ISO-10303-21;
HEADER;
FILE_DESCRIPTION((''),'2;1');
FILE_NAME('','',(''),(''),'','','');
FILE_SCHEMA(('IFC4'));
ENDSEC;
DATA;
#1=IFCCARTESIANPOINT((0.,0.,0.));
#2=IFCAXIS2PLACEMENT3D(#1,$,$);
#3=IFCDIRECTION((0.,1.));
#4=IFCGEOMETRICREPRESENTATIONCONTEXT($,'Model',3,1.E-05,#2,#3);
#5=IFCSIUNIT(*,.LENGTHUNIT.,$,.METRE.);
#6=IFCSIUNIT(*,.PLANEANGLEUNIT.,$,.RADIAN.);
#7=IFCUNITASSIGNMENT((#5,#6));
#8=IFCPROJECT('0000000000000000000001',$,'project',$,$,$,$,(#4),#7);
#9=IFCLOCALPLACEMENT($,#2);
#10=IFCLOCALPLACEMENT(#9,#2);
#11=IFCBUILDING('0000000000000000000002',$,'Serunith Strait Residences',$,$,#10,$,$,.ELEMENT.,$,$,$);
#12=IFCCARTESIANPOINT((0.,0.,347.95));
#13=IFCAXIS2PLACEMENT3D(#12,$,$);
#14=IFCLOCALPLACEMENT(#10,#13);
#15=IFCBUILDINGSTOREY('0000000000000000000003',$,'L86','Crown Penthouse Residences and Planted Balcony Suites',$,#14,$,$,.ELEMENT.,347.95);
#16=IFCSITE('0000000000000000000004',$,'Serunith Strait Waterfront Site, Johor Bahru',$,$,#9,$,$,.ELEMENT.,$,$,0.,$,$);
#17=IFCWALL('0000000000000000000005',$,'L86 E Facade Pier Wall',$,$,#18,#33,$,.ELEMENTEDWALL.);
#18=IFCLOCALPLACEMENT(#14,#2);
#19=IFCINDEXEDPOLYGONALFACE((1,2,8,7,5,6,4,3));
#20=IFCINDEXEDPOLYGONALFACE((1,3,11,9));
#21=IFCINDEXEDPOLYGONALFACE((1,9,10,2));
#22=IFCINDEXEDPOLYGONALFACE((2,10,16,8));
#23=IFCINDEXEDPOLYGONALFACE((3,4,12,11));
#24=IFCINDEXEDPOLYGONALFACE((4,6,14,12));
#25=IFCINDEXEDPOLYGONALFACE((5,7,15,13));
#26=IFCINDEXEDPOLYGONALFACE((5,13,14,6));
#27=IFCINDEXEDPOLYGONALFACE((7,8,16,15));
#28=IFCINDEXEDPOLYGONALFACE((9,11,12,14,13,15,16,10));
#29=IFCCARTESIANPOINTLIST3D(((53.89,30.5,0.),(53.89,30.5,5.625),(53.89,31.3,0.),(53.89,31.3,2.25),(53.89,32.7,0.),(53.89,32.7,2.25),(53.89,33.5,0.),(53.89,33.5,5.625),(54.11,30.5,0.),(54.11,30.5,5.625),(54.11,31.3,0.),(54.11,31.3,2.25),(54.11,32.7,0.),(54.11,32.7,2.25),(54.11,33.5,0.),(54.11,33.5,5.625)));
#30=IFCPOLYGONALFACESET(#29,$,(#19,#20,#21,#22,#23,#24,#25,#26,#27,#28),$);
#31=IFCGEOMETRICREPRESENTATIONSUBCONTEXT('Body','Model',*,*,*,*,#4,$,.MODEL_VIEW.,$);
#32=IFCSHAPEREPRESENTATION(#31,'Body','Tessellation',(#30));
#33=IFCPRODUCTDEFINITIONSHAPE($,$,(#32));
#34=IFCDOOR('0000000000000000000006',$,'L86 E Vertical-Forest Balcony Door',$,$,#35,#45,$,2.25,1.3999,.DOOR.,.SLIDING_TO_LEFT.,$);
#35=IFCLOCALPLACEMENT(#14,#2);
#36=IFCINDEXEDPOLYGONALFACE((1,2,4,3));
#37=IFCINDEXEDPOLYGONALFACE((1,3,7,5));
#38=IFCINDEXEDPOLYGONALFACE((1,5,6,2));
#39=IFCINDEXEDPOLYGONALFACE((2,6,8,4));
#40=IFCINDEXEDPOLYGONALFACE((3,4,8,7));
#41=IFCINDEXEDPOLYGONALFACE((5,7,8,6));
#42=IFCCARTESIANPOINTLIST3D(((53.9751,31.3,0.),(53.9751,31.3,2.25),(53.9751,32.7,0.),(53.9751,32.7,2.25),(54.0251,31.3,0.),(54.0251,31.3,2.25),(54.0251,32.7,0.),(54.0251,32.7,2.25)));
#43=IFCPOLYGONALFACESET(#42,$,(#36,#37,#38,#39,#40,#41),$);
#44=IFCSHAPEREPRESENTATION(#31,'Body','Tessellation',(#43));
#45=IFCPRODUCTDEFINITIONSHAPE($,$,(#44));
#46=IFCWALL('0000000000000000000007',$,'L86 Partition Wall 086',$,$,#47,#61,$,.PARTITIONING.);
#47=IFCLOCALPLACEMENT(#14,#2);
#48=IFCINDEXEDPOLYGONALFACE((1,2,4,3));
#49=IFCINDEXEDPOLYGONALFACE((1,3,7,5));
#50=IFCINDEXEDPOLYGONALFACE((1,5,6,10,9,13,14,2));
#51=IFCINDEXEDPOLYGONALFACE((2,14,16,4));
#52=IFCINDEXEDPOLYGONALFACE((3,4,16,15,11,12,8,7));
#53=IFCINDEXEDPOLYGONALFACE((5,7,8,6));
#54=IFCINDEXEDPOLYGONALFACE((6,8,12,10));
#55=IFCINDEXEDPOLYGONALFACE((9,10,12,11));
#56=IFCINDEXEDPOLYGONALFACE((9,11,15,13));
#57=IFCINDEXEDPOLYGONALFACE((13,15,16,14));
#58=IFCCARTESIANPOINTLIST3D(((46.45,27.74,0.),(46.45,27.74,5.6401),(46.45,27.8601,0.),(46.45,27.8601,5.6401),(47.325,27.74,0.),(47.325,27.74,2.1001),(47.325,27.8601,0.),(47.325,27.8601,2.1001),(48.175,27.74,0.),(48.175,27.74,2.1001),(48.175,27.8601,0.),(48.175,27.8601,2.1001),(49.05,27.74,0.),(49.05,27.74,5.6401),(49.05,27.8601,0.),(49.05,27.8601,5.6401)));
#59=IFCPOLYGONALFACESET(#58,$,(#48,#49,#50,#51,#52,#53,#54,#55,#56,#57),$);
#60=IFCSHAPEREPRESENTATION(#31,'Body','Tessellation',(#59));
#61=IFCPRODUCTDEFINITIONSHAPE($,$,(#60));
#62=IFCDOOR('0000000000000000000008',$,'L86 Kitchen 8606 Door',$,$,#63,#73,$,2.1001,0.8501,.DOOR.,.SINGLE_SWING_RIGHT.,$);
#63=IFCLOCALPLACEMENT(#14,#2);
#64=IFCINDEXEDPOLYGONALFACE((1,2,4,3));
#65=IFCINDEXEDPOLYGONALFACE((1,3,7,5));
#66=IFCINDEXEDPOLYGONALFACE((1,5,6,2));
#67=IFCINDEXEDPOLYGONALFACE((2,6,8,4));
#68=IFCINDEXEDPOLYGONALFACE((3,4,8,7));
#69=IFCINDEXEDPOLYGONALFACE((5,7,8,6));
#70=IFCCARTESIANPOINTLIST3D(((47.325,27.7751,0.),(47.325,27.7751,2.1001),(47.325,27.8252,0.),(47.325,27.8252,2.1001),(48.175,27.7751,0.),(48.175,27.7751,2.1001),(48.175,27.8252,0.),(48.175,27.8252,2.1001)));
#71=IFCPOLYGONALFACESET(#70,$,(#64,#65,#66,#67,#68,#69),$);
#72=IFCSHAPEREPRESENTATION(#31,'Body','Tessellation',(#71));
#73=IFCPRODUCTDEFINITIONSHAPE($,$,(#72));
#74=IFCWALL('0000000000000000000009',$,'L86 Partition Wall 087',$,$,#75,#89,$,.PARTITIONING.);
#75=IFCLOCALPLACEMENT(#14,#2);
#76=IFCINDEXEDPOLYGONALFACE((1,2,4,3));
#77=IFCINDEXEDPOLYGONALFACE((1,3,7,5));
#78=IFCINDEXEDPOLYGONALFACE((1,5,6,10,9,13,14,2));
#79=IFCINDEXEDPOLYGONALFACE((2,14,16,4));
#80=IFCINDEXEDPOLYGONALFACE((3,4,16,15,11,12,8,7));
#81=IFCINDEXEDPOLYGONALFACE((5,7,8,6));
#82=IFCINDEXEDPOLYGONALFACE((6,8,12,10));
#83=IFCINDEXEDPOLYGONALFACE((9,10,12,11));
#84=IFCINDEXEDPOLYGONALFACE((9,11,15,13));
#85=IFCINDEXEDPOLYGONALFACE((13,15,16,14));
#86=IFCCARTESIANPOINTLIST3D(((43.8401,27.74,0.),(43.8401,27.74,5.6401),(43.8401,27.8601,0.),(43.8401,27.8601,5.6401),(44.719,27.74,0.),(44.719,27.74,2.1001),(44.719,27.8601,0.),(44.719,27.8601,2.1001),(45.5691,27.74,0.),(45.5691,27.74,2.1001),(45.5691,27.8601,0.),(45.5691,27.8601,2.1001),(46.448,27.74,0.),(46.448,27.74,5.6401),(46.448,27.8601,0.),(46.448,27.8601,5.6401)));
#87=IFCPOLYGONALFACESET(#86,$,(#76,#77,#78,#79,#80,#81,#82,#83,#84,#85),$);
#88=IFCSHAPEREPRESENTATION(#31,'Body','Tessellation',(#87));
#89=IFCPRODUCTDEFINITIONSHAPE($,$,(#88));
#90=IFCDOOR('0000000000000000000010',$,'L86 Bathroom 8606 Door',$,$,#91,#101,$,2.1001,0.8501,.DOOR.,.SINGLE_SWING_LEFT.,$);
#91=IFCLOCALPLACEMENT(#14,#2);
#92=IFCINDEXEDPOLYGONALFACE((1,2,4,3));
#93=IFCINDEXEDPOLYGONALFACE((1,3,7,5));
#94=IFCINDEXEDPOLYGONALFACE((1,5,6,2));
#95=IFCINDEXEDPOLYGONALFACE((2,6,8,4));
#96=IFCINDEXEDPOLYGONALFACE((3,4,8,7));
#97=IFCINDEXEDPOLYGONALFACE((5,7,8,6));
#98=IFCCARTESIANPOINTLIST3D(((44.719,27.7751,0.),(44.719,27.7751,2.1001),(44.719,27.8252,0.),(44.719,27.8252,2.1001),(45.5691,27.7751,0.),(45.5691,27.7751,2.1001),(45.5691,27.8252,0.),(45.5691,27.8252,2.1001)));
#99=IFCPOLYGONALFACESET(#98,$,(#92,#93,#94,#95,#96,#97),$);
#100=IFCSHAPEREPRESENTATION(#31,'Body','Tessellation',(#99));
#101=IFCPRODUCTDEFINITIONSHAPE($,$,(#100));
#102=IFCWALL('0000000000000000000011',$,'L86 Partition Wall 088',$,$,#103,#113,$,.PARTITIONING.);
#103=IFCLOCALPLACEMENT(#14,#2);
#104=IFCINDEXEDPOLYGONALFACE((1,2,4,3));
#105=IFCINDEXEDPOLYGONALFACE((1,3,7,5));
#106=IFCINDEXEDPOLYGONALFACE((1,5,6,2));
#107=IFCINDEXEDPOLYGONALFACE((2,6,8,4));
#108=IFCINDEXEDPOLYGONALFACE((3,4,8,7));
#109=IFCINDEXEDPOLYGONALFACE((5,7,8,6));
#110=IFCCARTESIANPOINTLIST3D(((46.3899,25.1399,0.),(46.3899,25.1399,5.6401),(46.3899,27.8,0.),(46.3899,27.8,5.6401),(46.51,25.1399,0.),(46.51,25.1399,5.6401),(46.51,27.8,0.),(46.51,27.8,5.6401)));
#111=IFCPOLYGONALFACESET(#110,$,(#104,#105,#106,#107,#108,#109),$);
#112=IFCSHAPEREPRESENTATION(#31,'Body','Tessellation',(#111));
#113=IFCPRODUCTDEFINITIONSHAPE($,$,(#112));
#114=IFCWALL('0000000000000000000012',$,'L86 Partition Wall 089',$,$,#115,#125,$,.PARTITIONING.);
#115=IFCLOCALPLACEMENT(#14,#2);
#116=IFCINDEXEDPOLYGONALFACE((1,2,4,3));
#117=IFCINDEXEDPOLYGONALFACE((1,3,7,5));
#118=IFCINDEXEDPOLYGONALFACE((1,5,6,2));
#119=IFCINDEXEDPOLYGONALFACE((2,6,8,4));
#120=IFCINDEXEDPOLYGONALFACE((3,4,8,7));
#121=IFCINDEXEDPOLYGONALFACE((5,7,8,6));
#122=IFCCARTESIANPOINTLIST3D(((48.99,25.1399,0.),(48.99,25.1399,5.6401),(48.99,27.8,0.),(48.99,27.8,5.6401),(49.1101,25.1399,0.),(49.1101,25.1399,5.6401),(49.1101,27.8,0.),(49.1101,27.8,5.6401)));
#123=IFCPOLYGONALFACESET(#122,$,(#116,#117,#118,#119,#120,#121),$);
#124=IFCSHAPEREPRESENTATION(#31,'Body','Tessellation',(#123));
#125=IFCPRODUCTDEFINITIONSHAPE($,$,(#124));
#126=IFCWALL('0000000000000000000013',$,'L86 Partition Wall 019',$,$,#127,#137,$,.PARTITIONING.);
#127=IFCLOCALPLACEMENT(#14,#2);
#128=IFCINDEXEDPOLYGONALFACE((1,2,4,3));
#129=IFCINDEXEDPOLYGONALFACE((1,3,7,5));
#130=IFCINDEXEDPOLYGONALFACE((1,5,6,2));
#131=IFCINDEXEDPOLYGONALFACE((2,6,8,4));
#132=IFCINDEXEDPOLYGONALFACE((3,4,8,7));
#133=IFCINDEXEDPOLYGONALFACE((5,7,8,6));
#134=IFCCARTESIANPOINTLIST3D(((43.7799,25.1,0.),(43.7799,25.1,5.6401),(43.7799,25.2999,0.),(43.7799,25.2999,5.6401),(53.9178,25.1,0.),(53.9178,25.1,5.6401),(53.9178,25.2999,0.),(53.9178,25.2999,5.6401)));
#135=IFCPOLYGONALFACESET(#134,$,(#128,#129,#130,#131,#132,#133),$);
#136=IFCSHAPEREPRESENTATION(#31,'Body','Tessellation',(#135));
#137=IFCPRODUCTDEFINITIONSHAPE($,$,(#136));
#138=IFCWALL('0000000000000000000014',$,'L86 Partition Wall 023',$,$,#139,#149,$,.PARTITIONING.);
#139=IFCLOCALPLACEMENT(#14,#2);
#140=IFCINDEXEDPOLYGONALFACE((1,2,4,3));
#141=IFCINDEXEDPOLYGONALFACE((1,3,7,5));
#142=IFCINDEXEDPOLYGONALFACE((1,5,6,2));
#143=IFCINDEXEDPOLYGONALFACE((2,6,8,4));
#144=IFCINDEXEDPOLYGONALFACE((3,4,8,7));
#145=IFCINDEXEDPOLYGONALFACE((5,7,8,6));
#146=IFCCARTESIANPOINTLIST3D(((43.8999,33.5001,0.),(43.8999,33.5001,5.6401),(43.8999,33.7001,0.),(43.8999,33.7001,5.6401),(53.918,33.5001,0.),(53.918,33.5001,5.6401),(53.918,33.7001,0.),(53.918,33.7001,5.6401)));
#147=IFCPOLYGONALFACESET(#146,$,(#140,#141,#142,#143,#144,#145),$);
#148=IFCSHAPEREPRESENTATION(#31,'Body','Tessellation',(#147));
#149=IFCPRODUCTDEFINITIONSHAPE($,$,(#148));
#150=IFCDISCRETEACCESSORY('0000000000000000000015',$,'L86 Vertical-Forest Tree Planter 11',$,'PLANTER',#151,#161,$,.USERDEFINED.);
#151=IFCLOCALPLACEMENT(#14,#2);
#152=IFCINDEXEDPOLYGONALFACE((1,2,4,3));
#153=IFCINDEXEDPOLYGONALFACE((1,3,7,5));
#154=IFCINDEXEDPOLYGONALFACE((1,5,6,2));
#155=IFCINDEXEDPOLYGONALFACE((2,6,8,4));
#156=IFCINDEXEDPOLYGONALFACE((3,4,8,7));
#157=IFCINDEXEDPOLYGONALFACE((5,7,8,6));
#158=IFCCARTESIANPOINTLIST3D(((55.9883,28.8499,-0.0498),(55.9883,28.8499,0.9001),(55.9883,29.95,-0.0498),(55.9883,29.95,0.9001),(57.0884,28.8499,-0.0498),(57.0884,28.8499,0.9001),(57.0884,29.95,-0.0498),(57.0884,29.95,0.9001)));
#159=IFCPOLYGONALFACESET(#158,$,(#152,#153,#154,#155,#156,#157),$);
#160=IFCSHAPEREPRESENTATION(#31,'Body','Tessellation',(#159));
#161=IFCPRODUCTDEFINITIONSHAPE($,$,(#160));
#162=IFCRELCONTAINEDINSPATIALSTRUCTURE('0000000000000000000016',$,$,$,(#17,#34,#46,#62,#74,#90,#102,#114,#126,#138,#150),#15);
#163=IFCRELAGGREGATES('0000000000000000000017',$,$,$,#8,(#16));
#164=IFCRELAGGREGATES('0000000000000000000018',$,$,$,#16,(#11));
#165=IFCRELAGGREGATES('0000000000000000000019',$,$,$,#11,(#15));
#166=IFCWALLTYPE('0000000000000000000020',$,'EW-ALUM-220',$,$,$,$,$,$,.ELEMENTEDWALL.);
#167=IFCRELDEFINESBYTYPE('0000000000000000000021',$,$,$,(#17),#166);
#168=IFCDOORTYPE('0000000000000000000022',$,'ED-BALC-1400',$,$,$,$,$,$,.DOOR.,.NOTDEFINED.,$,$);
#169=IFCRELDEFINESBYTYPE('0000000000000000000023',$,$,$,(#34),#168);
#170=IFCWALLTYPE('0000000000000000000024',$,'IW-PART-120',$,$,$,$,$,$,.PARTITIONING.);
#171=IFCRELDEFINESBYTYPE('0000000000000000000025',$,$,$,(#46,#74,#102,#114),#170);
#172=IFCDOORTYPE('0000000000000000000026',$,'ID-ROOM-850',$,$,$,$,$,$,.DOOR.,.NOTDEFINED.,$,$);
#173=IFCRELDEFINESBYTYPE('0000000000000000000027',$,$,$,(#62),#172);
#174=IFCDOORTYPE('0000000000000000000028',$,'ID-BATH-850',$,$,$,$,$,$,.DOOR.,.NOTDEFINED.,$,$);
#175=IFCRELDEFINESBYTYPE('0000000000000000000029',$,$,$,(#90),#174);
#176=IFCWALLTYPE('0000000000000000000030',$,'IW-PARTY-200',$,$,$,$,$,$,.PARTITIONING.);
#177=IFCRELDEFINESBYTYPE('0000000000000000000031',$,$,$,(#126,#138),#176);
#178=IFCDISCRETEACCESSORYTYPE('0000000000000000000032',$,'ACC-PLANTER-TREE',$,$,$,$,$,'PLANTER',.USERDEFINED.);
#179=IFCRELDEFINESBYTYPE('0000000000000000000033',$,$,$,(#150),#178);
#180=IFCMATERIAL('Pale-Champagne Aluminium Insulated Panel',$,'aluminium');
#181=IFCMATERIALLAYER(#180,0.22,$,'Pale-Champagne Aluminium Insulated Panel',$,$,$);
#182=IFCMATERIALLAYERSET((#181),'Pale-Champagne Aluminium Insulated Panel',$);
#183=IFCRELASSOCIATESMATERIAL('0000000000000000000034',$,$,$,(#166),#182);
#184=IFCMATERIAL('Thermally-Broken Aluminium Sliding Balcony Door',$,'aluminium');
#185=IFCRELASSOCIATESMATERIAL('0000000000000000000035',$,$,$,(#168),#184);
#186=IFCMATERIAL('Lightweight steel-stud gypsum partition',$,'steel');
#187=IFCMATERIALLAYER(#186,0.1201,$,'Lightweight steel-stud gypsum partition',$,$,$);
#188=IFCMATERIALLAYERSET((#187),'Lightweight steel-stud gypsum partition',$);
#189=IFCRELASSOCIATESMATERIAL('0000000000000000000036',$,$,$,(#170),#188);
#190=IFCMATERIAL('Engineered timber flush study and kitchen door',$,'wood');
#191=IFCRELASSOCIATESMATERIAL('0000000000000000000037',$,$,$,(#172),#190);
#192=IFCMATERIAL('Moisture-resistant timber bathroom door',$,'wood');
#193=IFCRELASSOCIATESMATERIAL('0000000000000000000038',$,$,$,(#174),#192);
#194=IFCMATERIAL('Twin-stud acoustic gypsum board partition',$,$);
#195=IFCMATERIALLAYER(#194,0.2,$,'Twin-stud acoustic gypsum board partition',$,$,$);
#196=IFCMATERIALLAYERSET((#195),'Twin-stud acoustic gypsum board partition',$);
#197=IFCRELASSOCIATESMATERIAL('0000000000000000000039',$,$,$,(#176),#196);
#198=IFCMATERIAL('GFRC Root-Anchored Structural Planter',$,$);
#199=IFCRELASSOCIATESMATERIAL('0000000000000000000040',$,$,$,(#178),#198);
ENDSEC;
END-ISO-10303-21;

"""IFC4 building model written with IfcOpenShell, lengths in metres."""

from ifc_helpers import new_model, si_unit, direction, frame, frame_2d, origin, origin_2d, place, context, subcontext, project, spatial, rectangle, extrude, source, transform, mapped, material, layer, layer_set, type_object, element, fill, save


model = new_model("IFC4")

# Units and contexts
model_context = context("Model", 3, precision=1e-05, world=origin(), true_north=direction((0.0, 1.0)))
body_context = subcontext(model_context, "Body", "Model", "MODEL_VIEW")
ifc_project = project(units=[si_unit("LENGTHUNIT", "METRE"), si_unit("PLANEANGLEUNIT", "RADIAN")], contexts=[model_context])

# Site, building, storey
site_placement = place(None, origin())
site = spatial("IfcSite", under=ifc_project, at=site_placement, Name="Serunith Strait Waterfront Site, Johor Bahru", CompositionType="ELEMENT", RefElevation=0.0)
building_placement = place(site_placement, origin())
building = spatial("IfcBuilding", under=site, at=building_placement, Name="Serunith Strait Residences", CompositionType="ELEMENT")
storey_placement = place(building_placement, frame((0.0, 0.0, 347.95)))
storey = spatial("IfcBuildingStorey", under=building, at=storey_placement, Name="L86", Description="Crown Penthouse Residences and Planted Balcony Suites", CompositionType="ELEMENT", Elevation=347.95)

# Walls, openings, doors
ifc_material_1 = material(Name="Pale-Champagne Aluminium Insulated Panel", Category="aluminium")
ifc_layer_1 = layer(ifc_material_1, 0.22, Name="Pale-Champagne Aluminium Insulated Panel")
ifc_layer_set_1 = layer_set([ifc_layer_1], Name="Pale-Champagne Aluminium Insulated Panel")
wall_type_1 = type_object("IfcWallType", Name="EW-ALUM-220", PredefinedType="ELEMENTEDWALL", material=ifc_layer_set_1)
wall_1_placement = place(storey_placement, frame((54.0, 30.5, 0.0), z_axis=(0.0, 0.0, 1.0), x_axis=(0.0, 1.0, 0.0)))
wall_1 = element("IfcWall", 1, at=wall_1_placement, inside=storey, type_object=wall_type_1, Name="L86 E Facade Pier Wall", PredefinedType="ELEMENTEDWALL", context=body_context, shape_type="SweptSolid", body=[
    extrude(rectangle(XDim=3.0, YDim=0.22, at=frame_2d((1.5, 0.0))), origin(), (0.0, 0.0, 1.0), 5.625),
])
opening_1_placement = place(wall_1_placement, frame((0.8, 0.0, 0.0)))
opening_1 = element("IfcOpeningElement", 2, at=opening_1_placement, cuts=wall_1, PredefinedType="OPENING", context=body_context, shape_type="SweptSolid", body=[
    extrude(rectangle(XDim=1.3999, YDim=2.25, at=frame_2d((0.7, 1.125))), frame((0.0, 0.1201, 0.0), z_axis=(0.0, -1.0, 0.0), x_axis=(1.0, 0.0, 0.0)), (0.0, 0.0, 1.0), 0.24),
])
ifc_material_2 = material(Name="Thermally-Broken Aluminium Sliding Balcony Door", Category="aluminium")
door_type_1 = type_object("IfcDoorType", Name="ED-BALC-1400", OperationType="NOTDEFINED", PredefinedType="DOOR", material=ifc_material_2)
shared_shape_1 = source(origin(), body_context, "Body", "SweptSolid", [
    extrude(rectangle(XDim=1.3999, YDim=2.25, at=frame_2d((0.7, 1.125))), frame((0.0, 0.0249, 0.0), z_axis=(0.0, -1.0, 0.0), x_axis=(1.0, 0.0, 0.0)), (0.0, 0.0, 1.0), 0.05),
])
door_1_placement = place(opening_1_placement, origin())
door_1 = element("IfcDoor", 3, at=door_1_placement, inside=storey, type_object=door_type_1, Name="L86 E Vertical-Forest Balcony Door", OperationType="SLIDING_TO_LEFT", OverallHeight=2.25, OverallWidth=1.3999, PredefinedType="DOOR", context=body_context, shape_type="MappedRepresentation", body=[
    mapped(shared_shape_1, transform((0.0, 0.0, 0.0), scale=1.0)),
])
fill(opening_1, door_1)
ifc_material_3 = material(Name="Lightweight steel-stud gypsum partition", Category="steel")
ifc_layer_2 = layer(ifc_material_3, 0.1201, Name="Lightweight steel-stud gypsum partition")
ifc_layer_set_2 = layer_set([ifc_layer_2], Name="Lightweight steel-stud gypsum partition")
wall_type_2 = type_object("IfcWallType", Name="IW-PART-120", PredefinedType="PARTITIONING", material=ifc_layer_set_2)
wall_2_placement = place(storey_placement, frame((49.05, 27.8, 0.0), z_axis=(0.0, 0.0, 1.0), x_axis=(-1.0, 0.0, 0.0)))
wall_2 = element("IfcWall", 4, at=wall_2_placement, inside=storey, type_object=wall_type_2, Name="L86 Partition Wall 086", PredefinedType="PARTITIONING", context=body_context, shape_type="SweptSolid", body=[
    extrude(rectangle(XDim=2.6001, YDim=0.1201, at=frame_2d((1.3, 0.0))), origin(), (0.0, 0.0, 1.0), 5.6401),
])
opening_2_placement = place(wall_2_placement, frame((0.875, 0.0, 0.0)))
opening_2 = element("IfcOpeningElement", 5, at=opening_2_placement, cuts=wall_2, PredefinedType="OPENING", context=body_context, shape_type="SweptSolid", body=[
    extrude(rectangle(XDim=0.8501, YDim=2.1001, at=frame_2d((0.425, 1.05))), frame((0.0, 0.0701, 0.0), z_axis=(0.0, -1.0, 0.0), x_axis=(1.0, 0.0, 0.0)), (0.0, 0.0, 1.0), 0.1401),
])
ifc_material_4 = material(Name="Engineered timber flush study and kitchen door", Category="wood")
door_type_2 = type_object("IfcDoorType", Name="ID-ROOM-850", OperationType="NOTDEFINED", PredefinedType="DOOR", material=ifc_material_4)
shared_shape_2 = source(origin(), body_context, "Body", "SweptSolid", [
    extrude(rectangle(XDim=0.8501, YDim=2.1001, at=frame_2d((0.425, 1.05))), frame((0.0, 0.0249, 0.0), z_axis=(0.0, -1.0, 0.0), x_axis=(1.0, 0.0, 0.0)), (0.0, 0.0, 1.0), 0.05),
])
door_2_placement = place(opening_2_placement, origin())
door_2 = element("IfcDoor", 6, at=door_2_placement, inside=storey, type_object=door_type_2, Name="L86 Kitchen 8606 Door", OperationType="SINGLE_SWING_RIGHT", OverallHeight=2.1001, OverallWidth=0.8501, PredefinedType="DOOR", context=body_context, shape_type="MappedRepresentation", body=[
    mapped(shared_shape_2, transform((0.0, 0.0, 0.0), scale=1.0)),
])
fill(opening_2, door_2)
wall_3_placement = place(storey_placement, frame((46.448, 27.8, 0.0), z_axis=(0.0, 0.0, 1.0), x_axis=(-1.0, 0.0, 0.0)))
wall_3 = element("IfcWall", 7, at=wall_3_placement, inside=storey, type_object=wall_type_2, Name="L86 Partition Wall 087", PredefinedType="PARTITIONING", context=body_context, shape_type="SweptSolid", body=[
    extrude(rectangle(XDim=2.6079, YDim=0.1201, at=frame_2d((1.304, 0.0))), origin(), (0.0, 0.0, 1.0), 5.6401),
])
opening_3_placement = place(wall_3_placement, frame((0.8789, 0.0, 0.0)))
opening_3 = element("IfcOpeningElement", 8, at=opening_3_placement, cuts=wall_3, PredefinedType="OPENING", context=body_context, shape_type="SweptSolid", body=[
    extrude(rectangle(XDim=0.8501, YDim=2.1001, at=frame_2d((0.425, 1.05))), frame((0.0, 0.0701, 0.0), z_axis=(0.0, -1.0, 0.0), x_axis=(1.0, 0.0, 0.0)), (0.0, 0.0, 1.0), 0.1401),
])
ifc_material_5 = material(Name="Moisture-resistant timber bathroom door", Category="wood")
door_type_3 = type_object("IfcDoorType", Name="ID-BATH-850", OperationType="NOTDEFINED", PredefinedType="DOOR", material=ifc_material_5)
door_3_placement = place(opening_3_placement, origin())
door_3 = element("IfcDoor", 9, at=door_3_placement, inside=storey, type_object=door_type_3, Name="L86 Bathroom 8606 Door", OperationType="SINGLE_SWING_LEFT", OverallHeight=2.1001, OverallWidth=0.8501, PredefinedType="DOOR", context=body_context, shape_type="MappedRepresentation", body=[
    mapped(shared_shape_2, transform((0.0, 0.0, 0.0), scale=1.0)),
])
fill(opening_3, door_3)

# Walls
for number, where, z_axis, x_axis, name in (
    (10, (46.45, 25.1399, 0.0), (0.0, 0.0, 1.0), (0.0, 1.0, 0.0), "L86 Partition Wall 088"),
    (11, (49.05, 25.1399, 0.0), (0.0, 0.0, 1.0), (0.0, 1.0, 0.0), "L86 Partition Wall 089"),
):
    element("IfcWall", number, at=place(storey_placement, frame(where, z_axis=z_axis, x_axis=x_axis)), inside=storey, type_object=wall_type_2, Name=name, PredefinedType="PARTITIONING", context=body_context, shape_type="SweptSolid", body=[
        extrude(rectangle(XDim=2.6602, YDim=0.1201, at=frame_2d((1.3301, 0.0))), origin(), (0.0, 0.0, 1.0), 5.6401),
    ])
ifc_material_6 = material(Name="Twin-stud acoustic gypsum board partition")
ifc_layer_3 = layer(ifc_material_6, 0.2, Name="Twin-stud acoustic gypsum board partition")
ifc_layer_set_3 = layer_set([ifc_layer_3], Name="Twin-stud acoustic gypsum board partition")
wall_type_3 = type_object("IfcWallType", Name="IW-PARTY-200", PredefinedType="PARTITIONING", material=ifc_layer_set_3)
wall_4_placement = place(storey_placement, frame((43.78, 25.2, 0.0), z_axis=(0.0, 0.0, 1.0), x_axis=(1.0, 0.0, 0.0)))
element("IfcWall", 12, at=wall_4_placement, inside=storey, type_object=wall_type_3, Name="L86 Partition Wall 019", PredefinedType="PARTITIONING", context=body_context, shape_type="SweptSolid", body=[
    extrude(rectangle(XDim=10.1379, YDim=0.2, at=frame_2d((5.0688, 0.0))), origin(), (0.0, 0.0, 1.0), 5.6401),
])
wall_5_placement = place(storey_placement, frame((43.8999, 33.6001, 0.0), z_axis=(0.0, 0.0, 1.0), x_axis=(1.0, 0.0, 0.0)))
element("IfcWall", 13, at=wall_5_placement, inside=storey, type_object=wall_type_3, Name="L86 Partition Wall 023", PredefinedType="PARTITIONING", context=body_context, shape_type="SweptSolid", body=[
    extrude(rectangle(XDim=10.0181, YDim=0.2, at=frame_2d((5.009, 0.0))), origin(), (0.0, 0.0, 1.0), 5.6401),
])

# Discrete accessory
ifc_material_7 = material(Name="GFRC Root-Anchored Structural Planter")
discrete_accessory_type = type_object("IfcDiscreteAccessoryType", Name="ACC-PLANTER-TREE", ElementType="PLANTER", PredefinedType="USERDEFINED", material=ifc_material_7)
shared_shape_3 = source(origin(), body_context, "Body", "SweptSolid", [
    extrude(rectangle(XDim=1.1001, YDim=1.1001, at=origin_2d()), origin(), (0.0, 0.0, 1.0), 0.95),
])
discrete_accessory_placement = place(storey_placement, frame((56.5383, 29.3999, -0.0498), z_axis=(0.0, 0.0, 1.0), x_axis=(0.0, 1.0, 0.0)))
element("IfcDiscreteAccessory", 14, at=discrete_accessory_placement, inside=storey, type_object=discrete_accessory_type, Name="L86 Vertical-Forest Tree Planter 11", ObjectType="PLANTER", PredefinedType="USERDEFINED", context=body_context, shape_type="MappedRepresentation", body=[
    mapped(shared_shape_3, transform((0.0, 0.0, 0.0), scale=1.0)),
])

save(model, "model.ifc")
